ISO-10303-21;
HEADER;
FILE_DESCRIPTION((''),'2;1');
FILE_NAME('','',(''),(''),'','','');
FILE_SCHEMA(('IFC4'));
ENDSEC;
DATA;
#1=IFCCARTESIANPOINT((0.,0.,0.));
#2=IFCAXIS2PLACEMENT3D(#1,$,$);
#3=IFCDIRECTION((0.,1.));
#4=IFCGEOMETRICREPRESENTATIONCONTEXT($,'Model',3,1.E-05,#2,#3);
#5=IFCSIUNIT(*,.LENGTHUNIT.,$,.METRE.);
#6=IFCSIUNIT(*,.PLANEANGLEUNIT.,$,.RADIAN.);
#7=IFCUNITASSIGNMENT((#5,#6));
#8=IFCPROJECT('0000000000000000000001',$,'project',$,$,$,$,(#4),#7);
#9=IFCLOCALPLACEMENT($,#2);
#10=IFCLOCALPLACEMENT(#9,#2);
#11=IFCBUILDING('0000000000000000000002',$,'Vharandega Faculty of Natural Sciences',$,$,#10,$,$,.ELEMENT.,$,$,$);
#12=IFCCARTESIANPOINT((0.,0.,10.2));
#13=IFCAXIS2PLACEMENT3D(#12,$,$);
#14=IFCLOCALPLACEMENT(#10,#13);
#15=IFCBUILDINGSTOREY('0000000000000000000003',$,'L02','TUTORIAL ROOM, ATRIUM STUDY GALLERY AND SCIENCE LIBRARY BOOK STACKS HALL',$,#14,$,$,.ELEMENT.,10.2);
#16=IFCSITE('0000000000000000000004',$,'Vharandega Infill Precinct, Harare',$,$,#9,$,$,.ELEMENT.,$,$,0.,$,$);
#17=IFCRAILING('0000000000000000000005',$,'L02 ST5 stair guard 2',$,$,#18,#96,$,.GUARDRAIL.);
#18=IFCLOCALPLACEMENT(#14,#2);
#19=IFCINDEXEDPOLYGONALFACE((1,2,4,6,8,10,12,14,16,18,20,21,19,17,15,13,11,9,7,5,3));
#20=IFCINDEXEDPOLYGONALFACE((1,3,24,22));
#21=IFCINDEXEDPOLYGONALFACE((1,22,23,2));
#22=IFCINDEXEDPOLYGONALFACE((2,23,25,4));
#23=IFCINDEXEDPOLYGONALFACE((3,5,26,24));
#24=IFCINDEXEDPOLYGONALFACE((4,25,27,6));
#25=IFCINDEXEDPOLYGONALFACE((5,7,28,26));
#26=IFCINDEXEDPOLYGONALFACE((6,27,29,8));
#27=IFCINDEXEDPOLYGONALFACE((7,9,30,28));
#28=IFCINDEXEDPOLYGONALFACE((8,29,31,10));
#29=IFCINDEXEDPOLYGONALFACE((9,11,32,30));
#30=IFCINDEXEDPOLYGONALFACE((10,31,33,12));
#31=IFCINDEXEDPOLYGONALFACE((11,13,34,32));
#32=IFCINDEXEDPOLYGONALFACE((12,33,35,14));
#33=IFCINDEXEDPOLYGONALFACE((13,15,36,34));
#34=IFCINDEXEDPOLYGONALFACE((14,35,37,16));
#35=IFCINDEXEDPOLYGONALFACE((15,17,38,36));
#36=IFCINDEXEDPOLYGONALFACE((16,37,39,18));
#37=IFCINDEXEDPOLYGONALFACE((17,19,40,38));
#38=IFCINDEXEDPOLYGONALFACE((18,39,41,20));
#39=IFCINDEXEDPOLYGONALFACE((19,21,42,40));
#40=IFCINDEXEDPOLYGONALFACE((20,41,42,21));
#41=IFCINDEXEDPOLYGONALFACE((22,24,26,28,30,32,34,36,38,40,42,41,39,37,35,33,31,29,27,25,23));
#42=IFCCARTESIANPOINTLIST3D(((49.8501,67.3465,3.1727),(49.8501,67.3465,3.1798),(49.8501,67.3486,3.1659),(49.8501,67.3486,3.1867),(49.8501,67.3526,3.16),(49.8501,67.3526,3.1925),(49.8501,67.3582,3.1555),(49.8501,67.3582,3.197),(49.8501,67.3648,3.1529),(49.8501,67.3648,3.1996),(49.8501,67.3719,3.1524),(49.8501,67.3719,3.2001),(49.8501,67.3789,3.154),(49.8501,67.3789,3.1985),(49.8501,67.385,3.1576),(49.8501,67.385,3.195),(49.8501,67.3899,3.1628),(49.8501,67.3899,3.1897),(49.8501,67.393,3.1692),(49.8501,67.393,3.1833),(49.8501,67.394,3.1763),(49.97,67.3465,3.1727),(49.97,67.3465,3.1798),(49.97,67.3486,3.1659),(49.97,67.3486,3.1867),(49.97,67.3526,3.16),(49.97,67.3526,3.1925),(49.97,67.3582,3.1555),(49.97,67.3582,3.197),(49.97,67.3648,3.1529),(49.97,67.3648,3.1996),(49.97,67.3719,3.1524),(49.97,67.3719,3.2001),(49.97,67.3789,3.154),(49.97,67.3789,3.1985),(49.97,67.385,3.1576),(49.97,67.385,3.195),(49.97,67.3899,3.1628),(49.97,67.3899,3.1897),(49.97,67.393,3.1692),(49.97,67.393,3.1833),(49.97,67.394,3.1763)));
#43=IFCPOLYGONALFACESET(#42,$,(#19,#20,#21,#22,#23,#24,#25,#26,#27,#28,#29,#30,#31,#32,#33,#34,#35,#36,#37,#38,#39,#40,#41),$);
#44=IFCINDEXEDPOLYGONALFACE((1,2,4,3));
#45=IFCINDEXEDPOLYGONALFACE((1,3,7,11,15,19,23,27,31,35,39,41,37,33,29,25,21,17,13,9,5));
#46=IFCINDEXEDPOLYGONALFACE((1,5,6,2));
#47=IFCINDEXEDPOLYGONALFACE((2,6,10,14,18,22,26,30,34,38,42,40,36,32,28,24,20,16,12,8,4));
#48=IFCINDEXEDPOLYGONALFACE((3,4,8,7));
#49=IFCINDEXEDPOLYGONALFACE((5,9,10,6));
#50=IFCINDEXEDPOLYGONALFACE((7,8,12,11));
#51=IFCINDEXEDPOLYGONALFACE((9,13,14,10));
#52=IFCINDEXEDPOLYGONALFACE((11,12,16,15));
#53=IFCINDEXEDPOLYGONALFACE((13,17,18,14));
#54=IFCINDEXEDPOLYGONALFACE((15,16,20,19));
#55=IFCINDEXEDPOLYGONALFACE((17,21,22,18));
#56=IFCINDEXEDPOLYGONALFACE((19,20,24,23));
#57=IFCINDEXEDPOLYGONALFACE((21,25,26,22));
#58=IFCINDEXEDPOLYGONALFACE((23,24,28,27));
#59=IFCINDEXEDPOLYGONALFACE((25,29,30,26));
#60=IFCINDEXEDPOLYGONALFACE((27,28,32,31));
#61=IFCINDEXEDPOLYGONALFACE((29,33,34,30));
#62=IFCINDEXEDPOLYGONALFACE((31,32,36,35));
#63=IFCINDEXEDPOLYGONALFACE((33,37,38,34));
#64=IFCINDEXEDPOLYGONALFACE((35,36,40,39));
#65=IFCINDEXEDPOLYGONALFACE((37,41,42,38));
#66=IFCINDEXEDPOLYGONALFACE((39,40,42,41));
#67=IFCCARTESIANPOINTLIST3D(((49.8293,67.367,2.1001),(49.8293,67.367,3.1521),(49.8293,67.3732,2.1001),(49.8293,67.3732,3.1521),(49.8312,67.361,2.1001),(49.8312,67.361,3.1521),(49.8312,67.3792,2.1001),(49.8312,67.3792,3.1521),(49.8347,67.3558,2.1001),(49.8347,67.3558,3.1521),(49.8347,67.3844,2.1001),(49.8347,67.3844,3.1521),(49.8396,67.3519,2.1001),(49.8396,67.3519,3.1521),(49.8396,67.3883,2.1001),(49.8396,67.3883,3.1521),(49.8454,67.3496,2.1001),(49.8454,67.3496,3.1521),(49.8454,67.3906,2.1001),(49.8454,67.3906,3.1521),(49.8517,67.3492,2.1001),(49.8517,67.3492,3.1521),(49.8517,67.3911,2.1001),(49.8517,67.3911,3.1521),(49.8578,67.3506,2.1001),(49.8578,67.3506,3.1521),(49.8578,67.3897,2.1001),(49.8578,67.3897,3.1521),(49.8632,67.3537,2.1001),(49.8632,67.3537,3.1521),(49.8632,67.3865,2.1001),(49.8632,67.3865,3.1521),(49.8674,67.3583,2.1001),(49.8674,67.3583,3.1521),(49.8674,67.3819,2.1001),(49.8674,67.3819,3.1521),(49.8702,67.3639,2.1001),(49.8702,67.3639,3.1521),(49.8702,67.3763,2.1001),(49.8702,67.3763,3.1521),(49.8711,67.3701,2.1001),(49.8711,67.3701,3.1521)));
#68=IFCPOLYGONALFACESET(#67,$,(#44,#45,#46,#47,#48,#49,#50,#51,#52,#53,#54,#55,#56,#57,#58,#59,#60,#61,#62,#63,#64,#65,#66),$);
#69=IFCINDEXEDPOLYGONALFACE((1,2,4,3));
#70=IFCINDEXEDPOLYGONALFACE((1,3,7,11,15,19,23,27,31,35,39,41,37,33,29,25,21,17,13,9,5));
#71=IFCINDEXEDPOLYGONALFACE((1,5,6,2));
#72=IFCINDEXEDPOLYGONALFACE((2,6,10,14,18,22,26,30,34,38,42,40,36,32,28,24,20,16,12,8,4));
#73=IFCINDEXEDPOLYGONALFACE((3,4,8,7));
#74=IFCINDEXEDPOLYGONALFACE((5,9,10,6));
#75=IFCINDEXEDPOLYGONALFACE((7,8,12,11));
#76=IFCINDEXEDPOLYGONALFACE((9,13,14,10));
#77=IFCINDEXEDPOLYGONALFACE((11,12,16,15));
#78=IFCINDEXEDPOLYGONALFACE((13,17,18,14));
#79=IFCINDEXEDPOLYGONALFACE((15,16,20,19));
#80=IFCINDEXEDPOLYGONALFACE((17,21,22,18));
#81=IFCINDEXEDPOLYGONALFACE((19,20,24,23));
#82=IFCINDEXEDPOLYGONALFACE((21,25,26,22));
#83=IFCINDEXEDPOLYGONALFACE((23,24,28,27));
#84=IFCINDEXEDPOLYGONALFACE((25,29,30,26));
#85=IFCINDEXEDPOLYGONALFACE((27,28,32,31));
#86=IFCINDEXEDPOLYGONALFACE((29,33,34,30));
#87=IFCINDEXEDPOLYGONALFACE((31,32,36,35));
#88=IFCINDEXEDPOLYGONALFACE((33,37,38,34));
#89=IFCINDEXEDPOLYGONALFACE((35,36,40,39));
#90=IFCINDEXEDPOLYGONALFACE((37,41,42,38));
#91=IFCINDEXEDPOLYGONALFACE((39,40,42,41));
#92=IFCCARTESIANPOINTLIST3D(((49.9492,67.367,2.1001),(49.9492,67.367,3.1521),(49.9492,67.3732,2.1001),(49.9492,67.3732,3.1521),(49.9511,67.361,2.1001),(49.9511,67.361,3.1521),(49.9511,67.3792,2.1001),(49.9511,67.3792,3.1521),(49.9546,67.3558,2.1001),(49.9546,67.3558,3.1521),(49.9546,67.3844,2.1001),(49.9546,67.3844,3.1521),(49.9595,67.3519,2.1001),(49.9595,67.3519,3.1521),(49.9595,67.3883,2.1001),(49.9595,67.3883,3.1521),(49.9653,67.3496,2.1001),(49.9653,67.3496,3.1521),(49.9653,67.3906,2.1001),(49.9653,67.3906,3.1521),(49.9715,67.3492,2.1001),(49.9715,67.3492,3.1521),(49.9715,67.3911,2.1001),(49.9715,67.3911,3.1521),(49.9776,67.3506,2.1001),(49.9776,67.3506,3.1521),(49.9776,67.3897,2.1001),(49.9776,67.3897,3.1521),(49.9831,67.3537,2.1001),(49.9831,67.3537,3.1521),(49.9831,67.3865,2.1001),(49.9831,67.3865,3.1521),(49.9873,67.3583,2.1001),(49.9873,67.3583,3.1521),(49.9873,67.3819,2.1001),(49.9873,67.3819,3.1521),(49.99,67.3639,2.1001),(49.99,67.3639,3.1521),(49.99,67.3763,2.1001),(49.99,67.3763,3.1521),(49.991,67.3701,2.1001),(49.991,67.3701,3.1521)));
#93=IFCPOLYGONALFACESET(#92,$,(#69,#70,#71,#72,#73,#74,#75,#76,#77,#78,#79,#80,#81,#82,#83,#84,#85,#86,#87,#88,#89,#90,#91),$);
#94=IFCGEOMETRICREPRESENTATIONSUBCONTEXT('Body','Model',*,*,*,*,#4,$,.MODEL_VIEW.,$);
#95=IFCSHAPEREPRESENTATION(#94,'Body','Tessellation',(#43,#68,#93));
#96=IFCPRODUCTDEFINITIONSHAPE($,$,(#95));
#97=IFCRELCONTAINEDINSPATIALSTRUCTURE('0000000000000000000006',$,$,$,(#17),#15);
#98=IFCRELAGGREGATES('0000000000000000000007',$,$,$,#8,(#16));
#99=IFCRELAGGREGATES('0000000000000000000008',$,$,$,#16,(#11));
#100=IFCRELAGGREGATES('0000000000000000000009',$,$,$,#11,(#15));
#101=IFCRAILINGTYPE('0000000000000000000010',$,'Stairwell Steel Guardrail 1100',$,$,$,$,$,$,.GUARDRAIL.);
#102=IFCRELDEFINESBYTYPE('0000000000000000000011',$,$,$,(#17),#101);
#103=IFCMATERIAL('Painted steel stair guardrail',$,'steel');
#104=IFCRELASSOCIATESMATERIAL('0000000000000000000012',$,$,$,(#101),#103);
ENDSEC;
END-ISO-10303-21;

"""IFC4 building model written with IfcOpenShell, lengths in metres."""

from ifc_helpers import new_model, si_unit, direction, frame, origin, origin_2d, place, context, subcontext, project, spatial, circle, extrude, material, type_object, element, save


model = new_model("IFC4")

# Units and contexts
model_context = context("Model", 3, precision=1e-05, world=origin(), true_north=direction((0.0, 1.0)))
body_context = subcontext(model_context, "Body", "Model", "MODEL_VIEW")
ifc_project = project(units=[si_unit("LENGTHUNIT", "METRE"), si_unit("PLANEANGLEUNIT", "RADIAN")], contexts=[model_context])

# Site, building, storey
site_placement = place(None, origin())
site = spatial("IfcSite", under=ifc_project, at=site_placement, Name="Vharandega Infill Precinct, Harare", CompositionType="ELEMENT", RefElevation=0.0)
building_placement = place(site_placement, origin())
building = spatial("IfcBuilding", under=site, at=building_placement, Name="Vharandega Faculty of Natural Sciences", CompositionType="ELEMENT")
storey_placement = place(building_placement, frame((0.0, 0.0, 10.2)))
storey = spatial("IfcBuildingStorey", under=building, at=storey_placement, Name="L02", Description="TUTORIAL ROOM, ATRIUM STUDY GALLERY AND SCIENCE LIBRARY BOOK STACKS HALL", CompositionType="ELEMENT", Elevation=10.2)

# Railing
ifc_material_1 = material(Name="Painted steel stair guardrail", Category="steel")
railing_type_1 = type_object("IfcRailingType", Name="Stairwell Steel Guardrail 1100", PredefinedType="GUARDRAIL", material=ifc_material_1)
railing_1_placement = place(storey_placement, frame((49.8501, 67.3701, 2.1001)))
element("IfcRailing", 1, at=railing_1_placement, inside=storey, type_object=railing_type_1, Name="L02 ST5 stair guard 2", PredefinedType="GUARDRAIL", context=body_context, shape_type="SweptSolid", body=[
    extrude(circle(Radius=0.0239, at=origin_2d()), frame((0.0, 0.0, 1.0762), z_axis=(1.0, 0.0, 0.0), x_axis=(0.0, 1.0, 0.0)), (0.0, 0.0, 1.0), 0.1199),
    extrude(circle(Radius=0.021, at=origin_2d()), origin(), (0.0, 0.0, 1.0), 1.052),
    extrude(circle(Radius=0.021, at=origin_2d()), frame((0.1199, 0.0, 0.0)), (0.0, 0.0, 1.0), 1.052),
])

save(model, "model.ifc")
